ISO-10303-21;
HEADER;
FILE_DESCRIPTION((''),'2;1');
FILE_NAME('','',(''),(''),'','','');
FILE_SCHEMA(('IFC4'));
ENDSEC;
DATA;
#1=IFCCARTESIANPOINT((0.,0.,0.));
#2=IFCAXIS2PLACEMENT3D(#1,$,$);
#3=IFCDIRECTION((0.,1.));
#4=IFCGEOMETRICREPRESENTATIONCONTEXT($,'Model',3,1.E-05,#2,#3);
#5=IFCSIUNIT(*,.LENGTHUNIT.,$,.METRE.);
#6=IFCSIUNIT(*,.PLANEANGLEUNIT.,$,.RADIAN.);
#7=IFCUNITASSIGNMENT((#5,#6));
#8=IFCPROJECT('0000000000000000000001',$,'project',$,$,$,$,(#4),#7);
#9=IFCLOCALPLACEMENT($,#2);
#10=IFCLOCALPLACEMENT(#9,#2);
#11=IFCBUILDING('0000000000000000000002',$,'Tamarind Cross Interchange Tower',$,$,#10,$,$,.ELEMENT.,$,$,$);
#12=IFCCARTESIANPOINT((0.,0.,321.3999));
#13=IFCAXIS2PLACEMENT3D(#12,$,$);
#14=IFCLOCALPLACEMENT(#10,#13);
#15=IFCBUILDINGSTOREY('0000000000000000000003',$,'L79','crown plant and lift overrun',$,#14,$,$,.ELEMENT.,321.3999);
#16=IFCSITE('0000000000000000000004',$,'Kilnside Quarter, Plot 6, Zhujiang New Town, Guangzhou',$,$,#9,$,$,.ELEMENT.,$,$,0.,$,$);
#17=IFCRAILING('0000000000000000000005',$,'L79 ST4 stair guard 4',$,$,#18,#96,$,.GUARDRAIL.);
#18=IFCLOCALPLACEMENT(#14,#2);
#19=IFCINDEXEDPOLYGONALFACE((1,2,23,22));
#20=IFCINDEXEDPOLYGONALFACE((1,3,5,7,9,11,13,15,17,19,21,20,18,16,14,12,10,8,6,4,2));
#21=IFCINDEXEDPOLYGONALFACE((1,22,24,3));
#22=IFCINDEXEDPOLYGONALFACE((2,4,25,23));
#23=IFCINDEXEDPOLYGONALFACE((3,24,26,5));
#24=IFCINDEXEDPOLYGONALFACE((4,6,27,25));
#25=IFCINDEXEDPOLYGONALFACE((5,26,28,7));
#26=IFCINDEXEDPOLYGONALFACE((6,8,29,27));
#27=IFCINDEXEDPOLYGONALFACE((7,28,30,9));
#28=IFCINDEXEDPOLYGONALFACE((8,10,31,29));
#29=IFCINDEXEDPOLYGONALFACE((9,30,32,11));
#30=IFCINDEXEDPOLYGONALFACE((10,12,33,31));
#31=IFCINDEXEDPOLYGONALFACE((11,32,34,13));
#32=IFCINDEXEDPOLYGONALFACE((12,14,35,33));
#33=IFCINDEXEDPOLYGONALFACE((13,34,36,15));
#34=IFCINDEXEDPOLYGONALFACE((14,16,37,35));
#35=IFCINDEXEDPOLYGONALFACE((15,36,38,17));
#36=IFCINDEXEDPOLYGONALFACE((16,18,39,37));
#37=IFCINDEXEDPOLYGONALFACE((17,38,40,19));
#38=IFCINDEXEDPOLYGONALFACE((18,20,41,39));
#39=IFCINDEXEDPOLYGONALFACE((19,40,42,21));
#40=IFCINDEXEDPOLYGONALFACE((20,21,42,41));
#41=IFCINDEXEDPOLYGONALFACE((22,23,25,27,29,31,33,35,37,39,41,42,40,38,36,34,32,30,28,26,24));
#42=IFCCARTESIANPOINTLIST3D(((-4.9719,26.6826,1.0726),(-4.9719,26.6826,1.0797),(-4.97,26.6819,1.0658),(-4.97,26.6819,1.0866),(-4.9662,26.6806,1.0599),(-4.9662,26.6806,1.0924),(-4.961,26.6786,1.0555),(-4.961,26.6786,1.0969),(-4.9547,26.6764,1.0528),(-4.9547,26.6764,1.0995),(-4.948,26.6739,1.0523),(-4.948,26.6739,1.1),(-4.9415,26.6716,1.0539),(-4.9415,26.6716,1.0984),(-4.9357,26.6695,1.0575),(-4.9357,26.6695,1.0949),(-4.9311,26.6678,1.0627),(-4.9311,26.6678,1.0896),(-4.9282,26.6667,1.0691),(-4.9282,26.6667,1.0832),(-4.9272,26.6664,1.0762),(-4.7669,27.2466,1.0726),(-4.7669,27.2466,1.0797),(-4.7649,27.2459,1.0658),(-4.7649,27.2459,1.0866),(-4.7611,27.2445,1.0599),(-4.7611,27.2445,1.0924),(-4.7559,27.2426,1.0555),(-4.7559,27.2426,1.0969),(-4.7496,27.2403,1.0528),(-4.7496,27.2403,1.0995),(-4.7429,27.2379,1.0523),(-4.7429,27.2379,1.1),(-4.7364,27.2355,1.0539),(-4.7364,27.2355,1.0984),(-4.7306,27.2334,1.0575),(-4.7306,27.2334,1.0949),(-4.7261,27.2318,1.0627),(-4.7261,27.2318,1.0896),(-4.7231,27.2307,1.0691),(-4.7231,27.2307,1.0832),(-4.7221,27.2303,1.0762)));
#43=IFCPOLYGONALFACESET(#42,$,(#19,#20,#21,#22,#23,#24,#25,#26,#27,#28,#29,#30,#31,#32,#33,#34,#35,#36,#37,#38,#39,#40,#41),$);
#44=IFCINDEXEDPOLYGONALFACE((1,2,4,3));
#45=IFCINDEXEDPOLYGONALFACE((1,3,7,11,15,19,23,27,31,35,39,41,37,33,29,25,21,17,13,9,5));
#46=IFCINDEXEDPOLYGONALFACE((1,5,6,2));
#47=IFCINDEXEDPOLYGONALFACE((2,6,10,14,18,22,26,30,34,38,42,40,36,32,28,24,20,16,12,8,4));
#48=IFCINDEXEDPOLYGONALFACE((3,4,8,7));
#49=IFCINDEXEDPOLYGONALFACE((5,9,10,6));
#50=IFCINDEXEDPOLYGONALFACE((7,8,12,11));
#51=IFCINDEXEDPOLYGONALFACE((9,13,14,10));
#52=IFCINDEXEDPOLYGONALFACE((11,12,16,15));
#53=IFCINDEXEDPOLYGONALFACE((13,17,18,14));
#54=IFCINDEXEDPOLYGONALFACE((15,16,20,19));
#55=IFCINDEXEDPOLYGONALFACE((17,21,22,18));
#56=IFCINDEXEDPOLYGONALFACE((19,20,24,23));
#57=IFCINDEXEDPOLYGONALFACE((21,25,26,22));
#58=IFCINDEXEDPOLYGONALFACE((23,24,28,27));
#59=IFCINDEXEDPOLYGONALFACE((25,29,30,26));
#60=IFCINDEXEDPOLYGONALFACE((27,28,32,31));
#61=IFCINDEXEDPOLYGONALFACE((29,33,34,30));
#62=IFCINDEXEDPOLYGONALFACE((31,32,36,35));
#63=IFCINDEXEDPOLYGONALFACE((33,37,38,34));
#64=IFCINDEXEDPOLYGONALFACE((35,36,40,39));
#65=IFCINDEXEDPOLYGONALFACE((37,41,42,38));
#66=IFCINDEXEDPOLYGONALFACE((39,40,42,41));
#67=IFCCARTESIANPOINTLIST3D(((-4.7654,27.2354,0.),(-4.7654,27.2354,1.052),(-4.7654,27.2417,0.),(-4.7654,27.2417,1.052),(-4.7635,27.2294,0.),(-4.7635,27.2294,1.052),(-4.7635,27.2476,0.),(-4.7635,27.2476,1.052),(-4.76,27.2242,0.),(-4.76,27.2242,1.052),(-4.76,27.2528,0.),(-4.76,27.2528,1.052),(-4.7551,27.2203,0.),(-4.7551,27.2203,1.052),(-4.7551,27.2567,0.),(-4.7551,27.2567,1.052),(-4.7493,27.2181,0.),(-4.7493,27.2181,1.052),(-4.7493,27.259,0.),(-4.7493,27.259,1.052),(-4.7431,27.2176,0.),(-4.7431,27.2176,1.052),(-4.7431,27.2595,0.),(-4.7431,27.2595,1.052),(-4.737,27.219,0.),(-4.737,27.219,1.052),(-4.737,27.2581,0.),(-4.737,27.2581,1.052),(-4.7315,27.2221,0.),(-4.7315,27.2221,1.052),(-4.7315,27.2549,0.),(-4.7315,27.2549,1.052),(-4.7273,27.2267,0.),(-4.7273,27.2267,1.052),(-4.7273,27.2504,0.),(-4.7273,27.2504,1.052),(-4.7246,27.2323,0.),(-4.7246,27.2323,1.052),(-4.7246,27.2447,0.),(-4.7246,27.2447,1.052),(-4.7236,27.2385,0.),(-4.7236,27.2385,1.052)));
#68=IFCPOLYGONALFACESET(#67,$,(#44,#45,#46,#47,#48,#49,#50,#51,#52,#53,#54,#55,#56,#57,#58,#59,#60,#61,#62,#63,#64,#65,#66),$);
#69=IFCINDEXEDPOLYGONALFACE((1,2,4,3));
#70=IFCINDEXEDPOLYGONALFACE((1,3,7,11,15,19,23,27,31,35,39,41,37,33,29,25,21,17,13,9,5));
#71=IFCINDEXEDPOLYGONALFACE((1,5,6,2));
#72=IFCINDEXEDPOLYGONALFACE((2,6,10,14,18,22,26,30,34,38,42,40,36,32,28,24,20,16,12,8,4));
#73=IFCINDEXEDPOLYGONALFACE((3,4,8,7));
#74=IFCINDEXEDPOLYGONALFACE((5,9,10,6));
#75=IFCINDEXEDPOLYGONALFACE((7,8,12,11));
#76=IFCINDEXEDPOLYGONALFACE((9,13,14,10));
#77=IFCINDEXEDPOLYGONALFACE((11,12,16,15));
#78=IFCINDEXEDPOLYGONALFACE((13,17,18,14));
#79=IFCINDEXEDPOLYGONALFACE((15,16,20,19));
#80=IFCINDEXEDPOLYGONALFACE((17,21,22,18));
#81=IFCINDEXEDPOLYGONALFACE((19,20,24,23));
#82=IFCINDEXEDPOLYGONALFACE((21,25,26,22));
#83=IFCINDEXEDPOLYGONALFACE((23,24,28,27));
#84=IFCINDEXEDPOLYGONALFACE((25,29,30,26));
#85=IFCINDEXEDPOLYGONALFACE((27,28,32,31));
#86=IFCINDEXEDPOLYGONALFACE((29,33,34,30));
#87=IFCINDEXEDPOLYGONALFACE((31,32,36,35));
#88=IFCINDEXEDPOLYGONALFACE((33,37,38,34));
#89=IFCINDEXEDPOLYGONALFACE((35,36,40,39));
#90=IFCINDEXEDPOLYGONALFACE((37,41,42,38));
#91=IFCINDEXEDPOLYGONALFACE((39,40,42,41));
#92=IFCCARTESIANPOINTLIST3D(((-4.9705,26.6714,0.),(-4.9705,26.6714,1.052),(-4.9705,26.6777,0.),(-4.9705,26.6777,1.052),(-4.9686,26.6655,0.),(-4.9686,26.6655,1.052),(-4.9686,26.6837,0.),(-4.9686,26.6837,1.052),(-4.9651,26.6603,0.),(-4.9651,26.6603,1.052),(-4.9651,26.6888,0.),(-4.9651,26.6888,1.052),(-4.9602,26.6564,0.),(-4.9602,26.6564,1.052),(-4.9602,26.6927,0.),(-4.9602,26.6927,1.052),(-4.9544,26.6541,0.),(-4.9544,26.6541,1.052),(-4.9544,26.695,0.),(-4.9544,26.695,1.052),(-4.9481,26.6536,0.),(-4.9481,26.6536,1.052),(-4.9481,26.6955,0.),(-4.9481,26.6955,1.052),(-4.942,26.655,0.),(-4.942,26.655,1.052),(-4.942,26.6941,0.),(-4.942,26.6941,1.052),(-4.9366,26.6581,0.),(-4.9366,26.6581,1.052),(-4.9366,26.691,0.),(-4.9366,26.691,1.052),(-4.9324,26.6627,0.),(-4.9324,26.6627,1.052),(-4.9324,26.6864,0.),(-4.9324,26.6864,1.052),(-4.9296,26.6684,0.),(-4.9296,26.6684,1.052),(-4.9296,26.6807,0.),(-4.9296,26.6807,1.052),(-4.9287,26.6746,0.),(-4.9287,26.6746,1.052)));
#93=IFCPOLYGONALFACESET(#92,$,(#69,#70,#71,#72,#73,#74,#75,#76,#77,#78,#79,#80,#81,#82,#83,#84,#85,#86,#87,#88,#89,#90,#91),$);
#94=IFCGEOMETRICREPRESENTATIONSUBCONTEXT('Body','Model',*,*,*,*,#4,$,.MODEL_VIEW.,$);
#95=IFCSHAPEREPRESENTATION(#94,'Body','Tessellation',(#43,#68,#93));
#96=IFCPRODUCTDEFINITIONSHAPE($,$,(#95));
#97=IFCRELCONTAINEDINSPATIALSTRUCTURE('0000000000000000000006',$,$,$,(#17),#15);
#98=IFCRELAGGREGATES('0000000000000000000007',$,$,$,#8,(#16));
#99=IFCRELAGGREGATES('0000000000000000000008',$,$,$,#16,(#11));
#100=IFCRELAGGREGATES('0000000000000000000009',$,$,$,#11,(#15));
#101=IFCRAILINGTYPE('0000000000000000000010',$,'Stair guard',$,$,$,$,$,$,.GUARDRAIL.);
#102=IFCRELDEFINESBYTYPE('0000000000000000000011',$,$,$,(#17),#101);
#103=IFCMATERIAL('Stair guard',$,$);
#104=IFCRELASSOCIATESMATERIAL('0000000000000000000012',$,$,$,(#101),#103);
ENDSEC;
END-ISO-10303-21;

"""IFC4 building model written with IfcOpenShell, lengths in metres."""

from ifc_helpers import new_model, si_unit, direction, frame, origin, origin_2d, place, context, subcontext, project, spatial, circle, extrude, material, type_object, element, save


model = new_model("IFC4")

# Units and contexts
model_context = context("Model", 3, precision=1e-05, world=origin(), true_north=direction((0.0, 1.0)))
body_context = subcontext(model_context, "Body", "Model", "MODEL_VIEW")
ifc_project = project(units=[si_unit("LENGTHUNIT", "METRE"), si_unit("PLANEANGLEUNIT", "RADIAN")], contexts=[model_context])

# Site, building, storey
site_placement = place(None, origin())
site = spatial("IfcSite", under=ifc_project, at=site_placement, Name="Kilnside Quarter, Plot 6, Zhujiang New Town, Guangzhou", CompositionType="ELEMENT", RefElevation=0.0)
building_placement = place(site_placement, origin())
building = spatial("IfcBuilding", under=site, at=building_placement, Name="Tamarind Cross Interchange Tower", CompositionType="ELEMENT")
storey_placement = place(building_placement, frame((0.0, 0.0, 321.3999)))
storey = spatial("IfcBuildingStorey", under=building, at=storey_placement, Name="L79", Description="crown plant and lift overrun", CompositionType="ELEMENT", Elevation=321.3999)

# Railing
ifc_material_1 = material(Name="Stair guard")
railing_type_1 = type_object("IfcRailingType", Name="Stair guard", PredefinedType="GUARDRAIL", material=ifc_material_1)
railing_1_placement = place(storey_placement, frame((-4.7446, 27.2385, 0.0)))
element("IfcRailing", 1, at=railing_1_placement, inside=storey, type_object=railing_type_1, Name="L79 ST4 stair guard 4", PredefinedType="GUARDRAIL", context=body_context, shape_type="SweptSolid", body=[
    extrude(circle(Radius=0.0239, at=origin_2d()), frame((0.0, 0.0, 1.0762), z_axis=(-0.341743, -0.939793, 0.0), x_axis=(0.939793, -0.341743, 0.0)), (0.0, 0.0, 1.0), 0.6001),
    extrude(circle(Radius=0.021, at=origin_2d()), origin(), (0.0, 0.0, 1.0), 1.052),
    extrude(circle(Radius=0.021, at=origin_2d()), frame((-0.2051, -0.564, 0.0)), (0.0, 0.0, 1.0), 1.052),
])

save(model, "model.ifc")
